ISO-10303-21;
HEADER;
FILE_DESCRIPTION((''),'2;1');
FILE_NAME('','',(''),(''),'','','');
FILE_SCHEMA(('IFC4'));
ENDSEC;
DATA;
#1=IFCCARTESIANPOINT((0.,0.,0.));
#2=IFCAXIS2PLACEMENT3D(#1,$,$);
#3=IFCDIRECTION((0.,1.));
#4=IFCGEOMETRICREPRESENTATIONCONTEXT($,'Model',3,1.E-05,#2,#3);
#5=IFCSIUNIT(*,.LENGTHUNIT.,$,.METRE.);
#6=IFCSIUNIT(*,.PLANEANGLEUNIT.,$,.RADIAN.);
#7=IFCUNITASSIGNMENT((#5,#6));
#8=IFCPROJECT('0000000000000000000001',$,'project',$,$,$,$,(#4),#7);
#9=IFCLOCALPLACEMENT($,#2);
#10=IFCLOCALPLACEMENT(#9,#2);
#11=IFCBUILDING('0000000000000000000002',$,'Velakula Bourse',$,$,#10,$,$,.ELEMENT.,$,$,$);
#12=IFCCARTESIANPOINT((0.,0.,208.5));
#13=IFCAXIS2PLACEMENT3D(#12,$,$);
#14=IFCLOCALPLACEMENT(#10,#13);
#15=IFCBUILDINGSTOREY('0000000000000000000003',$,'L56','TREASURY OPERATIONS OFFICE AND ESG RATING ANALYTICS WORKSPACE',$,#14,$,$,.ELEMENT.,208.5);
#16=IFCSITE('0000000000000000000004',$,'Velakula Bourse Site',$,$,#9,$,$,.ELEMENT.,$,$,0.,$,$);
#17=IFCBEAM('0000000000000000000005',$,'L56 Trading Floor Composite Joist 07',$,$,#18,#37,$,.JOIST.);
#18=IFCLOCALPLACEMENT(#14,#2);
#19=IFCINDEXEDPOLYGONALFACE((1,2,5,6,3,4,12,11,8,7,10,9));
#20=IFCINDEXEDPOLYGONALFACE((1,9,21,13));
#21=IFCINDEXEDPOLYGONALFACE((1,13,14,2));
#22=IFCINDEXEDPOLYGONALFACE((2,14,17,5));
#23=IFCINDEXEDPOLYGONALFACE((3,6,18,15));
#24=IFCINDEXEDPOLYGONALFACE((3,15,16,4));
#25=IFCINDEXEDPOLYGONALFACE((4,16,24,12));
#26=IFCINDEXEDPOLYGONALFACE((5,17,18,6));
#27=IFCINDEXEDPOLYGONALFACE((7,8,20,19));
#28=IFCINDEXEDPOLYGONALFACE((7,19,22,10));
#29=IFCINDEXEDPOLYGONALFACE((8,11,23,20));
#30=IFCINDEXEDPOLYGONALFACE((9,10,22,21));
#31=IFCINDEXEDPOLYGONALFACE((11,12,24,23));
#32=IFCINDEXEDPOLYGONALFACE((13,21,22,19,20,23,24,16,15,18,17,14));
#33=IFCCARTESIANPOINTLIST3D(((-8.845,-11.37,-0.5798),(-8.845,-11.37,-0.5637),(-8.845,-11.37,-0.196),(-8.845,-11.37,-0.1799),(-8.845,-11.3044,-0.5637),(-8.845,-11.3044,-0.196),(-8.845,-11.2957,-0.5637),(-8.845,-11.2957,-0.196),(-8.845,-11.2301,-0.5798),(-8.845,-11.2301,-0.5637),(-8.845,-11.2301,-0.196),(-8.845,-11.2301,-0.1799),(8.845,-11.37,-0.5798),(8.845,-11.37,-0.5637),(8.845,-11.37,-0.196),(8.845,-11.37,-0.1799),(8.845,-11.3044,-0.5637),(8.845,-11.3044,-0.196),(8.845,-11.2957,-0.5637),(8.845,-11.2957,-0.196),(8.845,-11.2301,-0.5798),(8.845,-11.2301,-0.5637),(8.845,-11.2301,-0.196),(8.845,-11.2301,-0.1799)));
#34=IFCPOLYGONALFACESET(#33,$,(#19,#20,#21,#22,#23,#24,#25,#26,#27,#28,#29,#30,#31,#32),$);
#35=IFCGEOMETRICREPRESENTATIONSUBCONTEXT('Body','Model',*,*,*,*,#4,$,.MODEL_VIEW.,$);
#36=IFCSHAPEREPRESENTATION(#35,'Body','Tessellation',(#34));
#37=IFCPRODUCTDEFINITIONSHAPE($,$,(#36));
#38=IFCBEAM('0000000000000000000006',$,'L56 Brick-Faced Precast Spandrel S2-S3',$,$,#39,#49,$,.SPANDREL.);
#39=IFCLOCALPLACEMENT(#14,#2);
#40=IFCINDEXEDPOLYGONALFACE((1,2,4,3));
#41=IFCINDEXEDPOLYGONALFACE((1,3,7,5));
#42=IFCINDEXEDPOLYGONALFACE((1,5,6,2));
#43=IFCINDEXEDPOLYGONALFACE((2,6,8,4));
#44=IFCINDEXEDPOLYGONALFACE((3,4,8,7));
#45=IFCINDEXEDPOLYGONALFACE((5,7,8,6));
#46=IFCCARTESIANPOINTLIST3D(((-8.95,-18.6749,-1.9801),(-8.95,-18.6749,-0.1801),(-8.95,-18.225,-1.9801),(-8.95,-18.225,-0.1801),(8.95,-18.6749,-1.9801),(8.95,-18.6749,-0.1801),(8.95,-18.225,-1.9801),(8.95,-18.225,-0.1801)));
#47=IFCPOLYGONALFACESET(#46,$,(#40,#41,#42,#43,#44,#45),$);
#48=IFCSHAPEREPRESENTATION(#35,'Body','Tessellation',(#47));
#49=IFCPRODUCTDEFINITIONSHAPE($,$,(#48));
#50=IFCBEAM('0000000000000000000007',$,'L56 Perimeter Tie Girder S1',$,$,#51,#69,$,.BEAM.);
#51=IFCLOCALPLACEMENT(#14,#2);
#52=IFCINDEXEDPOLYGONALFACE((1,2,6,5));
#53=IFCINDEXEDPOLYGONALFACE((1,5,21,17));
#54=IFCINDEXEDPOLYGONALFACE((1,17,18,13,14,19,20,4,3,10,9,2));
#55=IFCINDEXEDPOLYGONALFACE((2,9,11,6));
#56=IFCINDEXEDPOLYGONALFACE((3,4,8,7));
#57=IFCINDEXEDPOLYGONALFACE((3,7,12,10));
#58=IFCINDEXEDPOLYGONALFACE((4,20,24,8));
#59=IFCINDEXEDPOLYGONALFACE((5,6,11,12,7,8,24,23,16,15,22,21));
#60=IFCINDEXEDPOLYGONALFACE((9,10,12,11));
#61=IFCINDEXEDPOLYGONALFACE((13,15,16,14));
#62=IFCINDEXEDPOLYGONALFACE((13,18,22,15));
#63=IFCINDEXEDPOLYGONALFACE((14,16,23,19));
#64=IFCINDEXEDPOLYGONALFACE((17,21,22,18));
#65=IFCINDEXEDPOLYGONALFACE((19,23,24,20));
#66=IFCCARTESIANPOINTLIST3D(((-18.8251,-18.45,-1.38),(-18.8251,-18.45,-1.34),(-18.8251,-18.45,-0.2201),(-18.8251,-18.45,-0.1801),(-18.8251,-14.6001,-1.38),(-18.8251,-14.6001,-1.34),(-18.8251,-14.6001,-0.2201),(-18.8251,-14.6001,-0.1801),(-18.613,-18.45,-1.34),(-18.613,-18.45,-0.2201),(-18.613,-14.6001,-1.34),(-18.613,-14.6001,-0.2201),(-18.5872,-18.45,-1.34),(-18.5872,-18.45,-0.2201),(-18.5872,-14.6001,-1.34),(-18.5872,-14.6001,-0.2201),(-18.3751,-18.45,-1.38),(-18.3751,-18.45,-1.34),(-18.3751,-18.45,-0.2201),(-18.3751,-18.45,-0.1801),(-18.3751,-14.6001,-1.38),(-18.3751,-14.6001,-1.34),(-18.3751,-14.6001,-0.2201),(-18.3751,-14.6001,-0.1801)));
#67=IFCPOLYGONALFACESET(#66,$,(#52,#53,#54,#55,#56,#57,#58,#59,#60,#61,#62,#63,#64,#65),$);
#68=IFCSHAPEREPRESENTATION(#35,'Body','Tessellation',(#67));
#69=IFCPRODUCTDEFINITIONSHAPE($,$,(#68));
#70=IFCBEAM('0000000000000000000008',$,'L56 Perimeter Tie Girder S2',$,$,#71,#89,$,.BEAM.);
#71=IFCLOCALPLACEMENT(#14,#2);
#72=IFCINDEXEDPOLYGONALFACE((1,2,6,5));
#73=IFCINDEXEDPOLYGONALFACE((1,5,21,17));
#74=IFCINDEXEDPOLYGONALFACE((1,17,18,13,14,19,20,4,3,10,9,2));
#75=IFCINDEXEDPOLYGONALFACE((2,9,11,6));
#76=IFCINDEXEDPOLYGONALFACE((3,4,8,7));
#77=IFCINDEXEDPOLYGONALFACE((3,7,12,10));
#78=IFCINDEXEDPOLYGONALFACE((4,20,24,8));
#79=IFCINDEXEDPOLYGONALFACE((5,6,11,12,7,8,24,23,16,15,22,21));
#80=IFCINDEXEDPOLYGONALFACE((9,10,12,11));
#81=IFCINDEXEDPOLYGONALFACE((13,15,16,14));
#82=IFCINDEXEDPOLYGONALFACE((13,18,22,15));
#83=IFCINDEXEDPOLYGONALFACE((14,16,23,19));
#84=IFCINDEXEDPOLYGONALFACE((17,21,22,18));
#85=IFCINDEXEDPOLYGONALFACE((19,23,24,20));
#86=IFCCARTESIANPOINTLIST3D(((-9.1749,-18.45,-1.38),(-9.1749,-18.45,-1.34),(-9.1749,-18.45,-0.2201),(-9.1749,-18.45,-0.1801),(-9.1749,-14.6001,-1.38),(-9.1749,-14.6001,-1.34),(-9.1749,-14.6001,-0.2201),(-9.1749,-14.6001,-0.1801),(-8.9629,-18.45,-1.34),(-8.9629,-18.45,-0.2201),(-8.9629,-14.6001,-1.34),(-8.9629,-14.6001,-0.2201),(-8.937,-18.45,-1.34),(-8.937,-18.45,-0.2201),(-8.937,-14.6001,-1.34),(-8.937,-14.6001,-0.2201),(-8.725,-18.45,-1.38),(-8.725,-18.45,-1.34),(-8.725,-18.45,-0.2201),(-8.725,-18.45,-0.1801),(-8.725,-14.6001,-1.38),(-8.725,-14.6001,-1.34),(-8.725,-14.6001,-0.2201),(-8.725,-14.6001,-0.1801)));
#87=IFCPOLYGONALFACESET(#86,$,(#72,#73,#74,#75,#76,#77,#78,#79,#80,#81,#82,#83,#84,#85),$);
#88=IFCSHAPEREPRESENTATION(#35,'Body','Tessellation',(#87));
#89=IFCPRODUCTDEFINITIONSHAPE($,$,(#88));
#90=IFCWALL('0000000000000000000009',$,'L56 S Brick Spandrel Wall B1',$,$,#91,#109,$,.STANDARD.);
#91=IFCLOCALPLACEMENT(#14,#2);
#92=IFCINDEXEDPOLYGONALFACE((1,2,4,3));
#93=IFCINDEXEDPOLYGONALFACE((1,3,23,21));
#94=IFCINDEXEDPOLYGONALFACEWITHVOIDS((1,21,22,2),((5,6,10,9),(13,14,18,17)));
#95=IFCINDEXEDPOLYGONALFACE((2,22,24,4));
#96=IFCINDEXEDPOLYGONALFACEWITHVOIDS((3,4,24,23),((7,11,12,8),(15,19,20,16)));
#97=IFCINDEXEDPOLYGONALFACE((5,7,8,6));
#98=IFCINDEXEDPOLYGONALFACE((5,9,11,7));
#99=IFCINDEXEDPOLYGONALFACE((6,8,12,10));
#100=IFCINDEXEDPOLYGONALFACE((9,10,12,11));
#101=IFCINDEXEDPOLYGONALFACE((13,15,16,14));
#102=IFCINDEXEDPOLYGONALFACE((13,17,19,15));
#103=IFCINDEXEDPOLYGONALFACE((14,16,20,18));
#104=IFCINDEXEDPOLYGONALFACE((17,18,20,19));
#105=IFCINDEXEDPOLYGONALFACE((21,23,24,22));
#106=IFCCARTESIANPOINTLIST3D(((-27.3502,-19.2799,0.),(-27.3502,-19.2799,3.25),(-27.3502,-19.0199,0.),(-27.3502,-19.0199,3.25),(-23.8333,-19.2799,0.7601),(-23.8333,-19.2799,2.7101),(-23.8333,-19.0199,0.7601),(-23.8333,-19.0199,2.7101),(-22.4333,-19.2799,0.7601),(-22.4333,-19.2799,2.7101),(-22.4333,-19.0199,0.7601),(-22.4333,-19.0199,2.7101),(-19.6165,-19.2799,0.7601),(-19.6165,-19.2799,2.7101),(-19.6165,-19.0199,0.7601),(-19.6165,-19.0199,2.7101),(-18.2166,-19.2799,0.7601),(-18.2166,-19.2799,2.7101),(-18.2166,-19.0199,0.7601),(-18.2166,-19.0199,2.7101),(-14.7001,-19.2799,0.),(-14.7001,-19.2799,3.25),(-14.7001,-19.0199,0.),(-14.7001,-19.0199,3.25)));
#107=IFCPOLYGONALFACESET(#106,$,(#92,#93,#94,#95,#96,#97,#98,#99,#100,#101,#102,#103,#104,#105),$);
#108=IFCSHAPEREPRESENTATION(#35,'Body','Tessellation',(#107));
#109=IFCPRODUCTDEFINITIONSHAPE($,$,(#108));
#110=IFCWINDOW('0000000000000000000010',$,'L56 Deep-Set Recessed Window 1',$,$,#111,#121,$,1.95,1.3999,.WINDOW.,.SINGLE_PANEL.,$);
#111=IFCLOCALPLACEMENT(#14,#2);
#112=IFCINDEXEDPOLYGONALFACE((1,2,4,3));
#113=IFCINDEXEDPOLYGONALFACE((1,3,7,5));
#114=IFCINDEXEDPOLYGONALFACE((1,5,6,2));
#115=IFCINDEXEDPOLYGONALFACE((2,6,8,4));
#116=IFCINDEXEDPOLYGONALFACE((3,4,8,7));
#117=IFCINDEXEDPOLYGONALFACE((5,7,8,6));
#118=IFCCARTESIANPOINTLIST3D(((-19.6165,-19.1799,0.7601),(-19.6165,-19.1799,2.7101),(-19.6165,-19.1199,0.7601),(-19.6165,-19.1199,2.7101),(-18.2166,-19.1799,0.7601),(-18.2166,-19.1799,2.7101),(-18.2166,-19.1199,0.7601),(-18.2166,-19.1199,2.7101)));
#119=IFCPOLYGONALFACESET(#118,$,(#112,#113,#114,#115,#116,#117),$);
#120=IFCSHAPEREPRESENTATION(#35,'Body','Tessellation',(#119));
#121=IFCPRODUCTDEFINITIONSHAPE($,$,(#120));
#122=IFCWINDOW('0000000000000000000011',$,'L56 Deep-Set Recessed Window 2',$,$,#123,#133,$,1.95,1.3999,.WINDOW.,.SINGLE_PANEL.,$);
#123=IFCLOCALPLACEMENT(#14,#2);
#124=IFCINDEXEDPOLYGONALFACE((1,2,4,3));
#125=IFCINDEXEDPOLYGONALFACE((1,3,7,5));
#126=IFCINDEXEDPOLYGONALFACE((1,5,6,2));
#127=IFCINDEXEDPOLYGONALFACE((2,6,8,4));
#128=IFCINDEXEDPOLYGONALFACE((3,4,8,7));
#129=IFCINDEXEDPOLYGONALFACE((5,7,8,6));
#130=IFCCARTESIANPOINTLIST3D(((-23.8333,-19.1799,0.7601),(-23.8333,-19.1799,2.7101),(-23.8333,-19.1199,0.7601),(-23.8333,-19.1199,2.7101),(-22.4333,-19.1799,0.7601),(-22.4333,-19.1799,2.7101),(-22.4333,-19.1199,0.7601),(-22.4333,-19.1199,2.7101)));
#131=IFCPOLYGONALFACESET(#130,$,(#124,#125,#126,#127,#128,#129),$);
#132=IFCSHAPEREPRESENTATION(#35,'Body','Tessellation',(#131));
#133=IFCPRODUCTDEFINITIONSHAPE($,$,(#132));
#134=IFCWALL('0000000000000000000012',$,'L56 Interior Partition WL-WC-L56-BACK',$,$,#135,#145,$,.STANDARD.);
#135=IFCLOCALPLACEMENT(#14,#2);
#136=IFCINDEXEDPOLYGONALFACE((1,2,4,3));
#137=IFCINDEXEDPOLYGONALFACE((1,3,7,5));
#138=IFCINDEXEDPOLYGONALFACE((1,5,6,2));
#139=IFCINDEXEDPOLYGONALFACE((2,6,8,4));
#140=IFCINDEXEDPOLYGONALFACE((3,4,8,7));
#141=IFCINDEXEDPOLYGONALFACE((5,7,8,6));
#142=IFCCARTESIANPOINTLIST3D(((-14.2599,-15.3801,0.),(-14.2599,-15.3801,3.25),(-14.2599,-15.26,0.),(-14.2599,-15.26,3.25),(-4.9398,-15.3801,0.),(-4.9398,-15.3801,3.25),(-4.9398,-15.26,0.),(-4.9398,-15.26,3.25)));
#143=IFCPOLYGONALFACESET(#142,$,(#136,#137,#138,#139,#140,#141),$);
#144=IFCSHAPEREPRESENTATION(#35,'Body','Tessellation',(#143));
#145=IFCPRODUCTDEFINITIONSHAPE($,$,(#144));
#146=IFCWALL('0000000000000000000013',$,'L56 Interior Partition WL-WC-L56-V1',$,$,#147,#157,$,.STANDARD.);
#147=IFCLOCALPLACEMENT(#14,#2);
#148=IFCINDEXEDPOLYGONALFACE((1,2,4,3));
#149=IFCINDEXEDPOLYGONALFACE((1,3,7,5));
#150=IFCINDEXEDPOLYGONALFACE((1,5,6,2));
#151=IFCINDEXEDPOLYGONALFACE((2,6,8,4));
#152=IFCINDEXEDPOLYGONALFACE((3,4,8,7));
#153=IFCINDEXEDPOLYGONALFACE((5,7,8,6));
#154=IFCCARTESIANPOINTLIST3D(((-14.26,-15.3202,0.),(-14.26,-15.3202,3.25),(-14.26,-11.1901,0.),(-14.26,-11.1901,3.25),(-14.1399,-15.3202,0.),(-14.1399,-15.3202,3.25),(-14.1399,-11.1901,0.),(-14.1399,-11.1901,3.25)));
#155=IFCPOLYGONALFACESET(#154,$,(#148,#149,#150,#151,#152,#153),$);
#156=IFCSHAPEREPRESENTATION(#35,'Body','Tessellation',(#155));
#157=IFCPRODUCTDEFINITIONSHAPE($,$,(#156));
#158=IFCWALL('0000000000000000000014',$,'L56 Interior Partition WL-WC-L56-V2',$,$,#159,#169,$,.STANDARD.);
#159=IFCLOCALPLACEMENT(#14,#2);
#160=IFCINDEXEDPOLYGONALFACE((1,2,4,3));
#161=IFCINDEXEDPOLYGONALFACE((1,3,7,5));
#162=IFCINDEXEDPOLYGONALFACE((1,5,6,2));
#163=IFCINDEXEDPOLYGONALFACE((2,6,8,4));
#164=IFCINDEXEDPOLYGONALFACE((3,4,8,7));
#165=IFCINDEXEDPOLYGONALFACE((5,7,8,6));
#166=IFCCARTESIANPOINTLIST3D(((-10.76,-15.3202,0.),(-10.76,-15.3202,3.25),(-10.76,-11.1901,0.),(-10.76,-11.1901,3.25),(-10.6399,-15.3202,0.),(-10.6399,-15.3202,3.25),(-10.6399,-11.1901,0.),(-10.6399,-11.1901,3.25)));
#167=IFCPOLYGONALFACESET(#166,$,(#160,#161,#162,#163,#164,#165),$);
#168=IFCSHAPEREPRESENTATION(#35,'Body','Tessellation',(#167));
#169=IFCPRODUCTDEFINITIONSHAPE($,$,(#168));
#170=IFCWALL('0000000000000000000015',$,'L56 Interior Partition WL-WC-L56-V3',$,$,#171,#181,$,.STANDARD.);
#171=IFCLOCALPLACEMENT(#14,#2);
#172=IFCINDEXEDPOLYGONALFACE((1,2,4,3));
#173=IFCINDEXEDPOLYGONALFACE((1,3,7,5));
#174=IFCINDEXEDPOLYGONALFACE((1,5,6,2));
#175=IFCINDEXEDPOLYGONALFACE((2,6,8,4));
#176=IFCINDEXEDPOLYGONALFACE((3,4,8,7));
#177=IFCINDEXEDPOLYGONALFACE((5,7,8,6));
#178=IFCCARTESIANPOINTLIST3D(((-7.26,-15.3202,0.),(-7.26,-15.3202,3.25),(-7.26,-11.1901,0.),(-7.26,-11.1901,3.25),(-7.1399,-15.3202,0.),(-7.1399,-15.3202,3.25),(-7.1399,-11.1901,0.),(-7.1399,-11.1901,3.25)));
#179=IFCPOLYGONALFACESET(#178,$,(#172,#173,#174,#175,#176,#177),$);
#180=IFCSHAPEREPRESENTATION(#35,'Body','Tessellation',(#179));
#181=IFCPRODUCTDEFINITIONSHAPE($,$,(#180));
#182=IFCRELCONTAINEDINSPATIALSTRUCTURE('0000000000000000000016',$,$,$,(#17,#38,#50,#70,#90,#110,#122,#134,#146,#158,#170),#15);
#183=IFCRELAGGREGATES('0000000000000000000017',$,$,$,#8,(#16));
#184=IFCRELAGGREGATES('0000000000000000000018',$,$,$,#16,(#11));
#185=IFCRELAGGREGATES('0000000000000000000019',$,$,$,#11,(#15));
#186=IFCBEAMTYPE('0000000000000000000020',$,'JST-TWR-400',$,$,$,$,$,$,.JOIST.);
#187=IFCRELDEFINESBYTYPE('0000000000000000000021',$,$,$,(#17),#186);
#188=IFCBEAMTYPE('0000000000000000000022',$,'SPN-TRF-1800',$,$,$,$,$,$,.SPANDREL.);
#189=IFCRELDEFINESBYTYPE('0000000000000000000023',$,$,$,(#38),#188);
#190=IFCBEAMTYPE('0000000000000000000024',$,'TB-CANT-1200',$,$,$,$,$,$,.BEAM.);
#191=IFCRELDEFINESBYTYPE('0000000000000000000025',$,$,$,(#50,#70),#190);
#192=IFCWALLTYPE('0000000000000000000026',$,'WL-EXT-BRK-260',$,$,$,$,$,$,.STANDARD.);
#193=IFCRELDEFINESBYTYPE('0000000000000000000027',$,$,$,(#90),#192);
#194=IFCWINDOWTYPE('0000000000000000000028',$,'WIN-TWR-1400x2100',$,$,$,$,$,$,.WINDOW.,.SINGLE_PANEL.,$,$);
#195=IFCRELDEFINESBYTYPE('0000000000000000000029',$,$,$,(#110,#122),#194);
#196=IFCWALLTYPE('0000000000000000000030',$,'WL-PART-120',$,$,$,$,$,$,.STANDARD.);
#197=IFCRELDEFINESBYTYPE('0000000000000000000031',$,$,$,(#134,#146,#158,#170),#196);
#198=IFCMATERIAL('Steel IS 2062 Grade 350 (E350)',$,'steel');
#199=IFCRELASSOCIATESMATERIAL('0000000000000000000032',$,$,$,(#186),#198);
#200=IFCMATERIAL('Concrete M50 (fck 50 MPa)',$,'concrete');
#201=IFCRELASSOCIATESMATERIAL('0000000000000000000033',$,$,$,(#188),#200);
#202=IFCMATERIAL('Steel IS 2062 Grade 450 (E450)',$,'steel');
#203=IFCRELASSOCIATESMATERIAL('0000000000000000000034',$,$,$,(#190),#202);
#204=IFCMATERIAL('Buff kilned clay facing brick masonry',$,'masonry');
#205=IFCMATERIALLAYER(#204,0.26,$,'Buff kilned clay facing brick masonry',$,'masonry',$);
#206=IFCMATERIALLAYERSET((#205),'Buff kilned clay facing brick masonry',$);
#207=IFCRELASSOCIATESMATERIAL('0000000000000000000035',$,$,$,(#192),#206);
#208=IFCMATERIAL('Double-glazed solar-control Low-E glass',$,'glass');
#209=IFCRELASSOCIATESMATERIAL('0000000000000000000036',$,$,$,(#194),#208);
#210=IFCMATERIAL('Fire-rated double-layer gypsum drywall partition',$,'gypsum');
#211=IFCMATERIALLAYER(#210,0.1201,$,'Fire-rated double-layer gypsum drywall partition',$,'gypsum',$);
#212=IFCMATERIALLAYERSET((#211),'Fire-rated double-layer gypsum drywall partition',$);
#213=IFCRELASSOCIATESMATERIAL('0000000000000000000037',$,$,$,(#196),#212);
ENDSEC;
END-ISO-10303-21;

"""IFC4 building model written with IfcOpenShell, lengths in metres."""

from ifc_helpers import new_model, si_unit, direction, frame, frame_2d, origin, origin_2d, place, context, subcontext, project, spatial, rectangle, i_section, extrude, material, layer, layer_set, material_profile, profile_set, type_object, element, fill, save


model = new_model("IFC4")

# Units and contexts
model_context = context("Model", 3, precision=1e-05, world=origin(), true_north=direction((0.0, 1.0)))
body_context = subcontext(model_context, "Body", "Model", "MODEL_VIEW")
ifc_project = project(units=[si_unit("LENGTHUNIT", "METRE"), si_unit("PLANEANGLEUNIT", "RADIAN")], contexts=[model_context])

# Site, building, storey
site_placement = place(None, origin())
site = spatial("IfcSite", under=ifc_project, at=site_placement, Name="Velakula Bourse Site", CompositionType="ELEMENT", RefElevation=0.0)
building_placement = place(site_placement, origin())
building = spatial("IfcBuilding", under=site, at=building_placement, Name="Velakula Bourse", CompositionType="ELEMENT")
storey_placement = place(building_placement, frame((0.0, 0.0, 208.5)))
storey = spatial("IfcBuildingStorey", under=building, at=storey_placement, Name="L56", Description="TREASURY OPERATIONS OFFICE AND ESG RATING ANALYTICS WORKSPACE", CompositionType="ELEMENT", Elevation=208.5)

# Shared definitions
ifc_material_1 = material(Name="Steel IS 2062 Grade 350 (E350)", Category="steel")

# Beams
ifc_material_profile_1 = material_profile(ifc_material_1, i_section(OverallWidth=0.1399, OverallDepth=0.3999, WebThickness=0.0088, FlangeThickness=0.0161, at=origin_2d()), Name="Steel IS 2062 Grade 350 (E350)")
ifc_profile_set_1 = profile_set([ifc_material_profile_1], Name="Steel IS 2062 Grade 350 (E350)")
beam_type_1 = type_object("IfcBeamType", Name="JST-TWR-400", PredefinedType="JOIST", material=ifc_profile_set_1)
beam_1_placement = place(storey_placement, frame((-8.845, -11.3, -0.3799), z_axis=(1.0, 0.0, 0.0), x_axis=(0.0, 1.0, 0.0)))
element("IfcBeam", 1, at=beam_1_placement, inside=storey, type_object=beam_type_1, Name="L56 Trading Floor Composite Joist 07", PredefinedType="JOIST", context=body_context, shape_type="SweptSolid", body=[
    extrude(i_section(OverallWidth=0.1399, OverallDepth=0.3999, WebThickness=0.0088, FlangeThickness=0.0161, at=origin_2d()), origin(), (0.0, 0.0, 1.0), 17.6899),
])
ifc_material_2 = material(Name="Concrete M50 (fck 50 MPa)", Category="concrete")
ifc_material_profile_2 = material_profile(ifc_material_2, rectangle(XDim=0.45, YDim=1.8, at=origin_2d()), Name="Concrete M50 (fck 50 MPa)")
ifc_profile_set_2 = profile_set([ifc_material_profile_2], Name="Concrete M50 (fck 50 MPa)")
beam_type_2 = type_object("IfcBeamType", Name="SPN-TRF-1800", PredefinedType="SPANDREL", material=ifc_profile_set_2)
beam_2_placement = place(storey_placement, frame((-8.95, -18.45, -1.0801), z_axis=(1.0, 0.0, 0.0), x_axis=(0.0, 1.0, 0.0)))
element("IfcBeam", 2, at=beam_2_placement, inside=storey, type_object=beam_type_2, Name="L56 Brick-Faced Precast Spandrel S2-S3", PredefinedType="SPANDREL", context=body_context, shape_type="SweptSolid", body=[
    extrude(rectangle(XDim=0.45, YDim=1.8, at=origin_2d()), origin(), (0.0, 0.0, 1.0), 17.8999),
])
ifc_material_3 = material(Name="Steel IS 2062 Grade 450 (E450)", Category="steel")
ifc_material_profile_3 = material_profile(ifc_material_3, i_section(OverallWidth=0.45, OverallDepth=1.2, WebThickness=0.0259, FlangeThickness=0.04, at=origin_2d()), Name="Steel IS 2062 Grade 450 (E450)")
ifc_profile_set_3 = profile_set([ifc_material_profile_3], Name="Steel IS 2062 Grade 450 (E450)")
beam_type_3 = type_object("IfcBeamType", Name="TB-CANT-1200", PredefinedType="BEAM", material=ifc_profile_set_3)
for number, where, z_axis, x_axis, name in (
    (3, (-18.6001, -14.6001, -0.78), (0.0, -1.0, 0.0), (1.0, 0.0, 0.0), "L56 Perimeter Tie Girder S1"),
    (4, (-8.95, -14.6001, -0.78), (0.0, -1.0, 0.0), (1.0, 0.0, 0.0), "L56 Perimeter Tie Girder S2"),
):
    element("IfcBeam", number, at=place(storey_placement, frame(where, z_axis=z_axis, x_axis=x_axis)), inside=storey, type_object=beam_type_3, Name=name, PredefinedType="BEAM", context=body_context, shape_type="SweptSolid", body=[
        extrude(i_section(OverallWidth=0.45, OverallDepth=1.2, WebThickness=0.0259, FlangeThickness=0.04, at=origin_2d()), origin(), (0.0, 0.0, 1.0), 3.8499),
    ])

# Wall, openings, windows
ifc_material_4 = material(Name="Buff kilned clay facing brick masonry", Category="masonry")
ifc_layer_1 = layer(ifc_material_4, 0.26, Name="Buff kilned clay facing brick masonry", Category="masonry")
ifc_layer_set_1 = layer_set([ifc_layer_1], Name="Buff kilned clay facing brick masonry")
wall_type_1 = type_object("IfcWallType", Name="WL-EXT-BRK-260", PredefinedType="STANDARD", material=ifc_layer_set_1)
wall_1_placement = place(storey_placement, frame((-14.7, -19.1499, 0.0), z_axis=(0.0, 0.0, 1.0), x_axis=(-1.0, 0.0, 0.0)))
wall_1 = element("IfcWall", 5, at=wall_1_placement, inside=storey, type_object=wall_type_1, Name="L56 S Brick Spandrel Wall B1", PredefinedType="STANDARD", context=body_context, shape_type="SweptSolid", body=[
    extrude(rectangle(XDim=12.6501, YDim=0.26, at=frame_2d((6.3252, 0.0))), origin(), (0.0, 0.0, 1.0), 3.25),
])
opening_1_placement = place(wall_1_placement, frame((3.5166, 0.0, 0.76)))
opening_1 = element("IfcOpeningElement", 6, at=opening_1_placement, cuts=wall_1, PredefinedType="OPENING", context=body_context, shape_type="SweptSolid", body=[
    extrude(rectangle(XDim=1.3999, YDim=1.95, at=frame_2d((0.7, 0.9751))), frame((0.0, 0.1399, 0.0), z_axis=(0.0, -1.0, 0.0), x_axis=(1.0, 0.0, 0.0)), (0.0, 0.0, 1.0), 0.28),
])
opening_2_placement = place(wall_1_placement, frame((7.7334, 0.0, 0.76)))
opening_2 = element("IfcOpeningElement", 7, at=opening_2_placement, cuts=wall_1, PredefinedType="OPENING", context=body_context, shape_type="SweptSolid", body=[
    extrude(rectangle(XDim=1.3999, YDim=1.95, at=frame_2d((0.7, 0.9751))), frame((0.0, 0.1399, 0.0), z_axis=(0.0, -1.0, 0.0), x_axis=(1.0, 0.0, 0.0)), (0.0, 0.0, 1.0), 0.28),
])
ifc_material_5 = material(Name="Double-glazed solar-control Low-E glass", Category="glass")
window_type = type_object("IfcWindowType", Name="WIN-TWR-1400x2100", PartitioningType="SINGLE_PANEL", PredefinedType="WINDOW", material=ifc_material_5)
window_1_placement = place(opening_1_placement, origin())
window_1 = element("IfcWindow", 8, at=window_1_placement, inside=storey, type_object=window_type, Name="L56 Deep-Set Recessed Window 1", OverallHeight=1.95, OverallWidth=1.3999, PartitioningType="SINGLE_PANEL", PredefinedType="WINDOW", context=body_context, shape_type="SweptSolid", body=[
    extrude(rectangle(XDim=1.3999, YDim=1.95, at=frame_2d((0.7, 0.9751))), frame((0.0, 0.03, 0.0), z_axis=(0.0, -1.0, 0.0), x_axis=(1.0, 0.0, 0.0)), (0.0, 0.0, 1.0), 0.0601),
])
fill(opening_1, window_1)
window_2_placement = place(opening_2_placement, origin())
window_2 = element("IfcWindow", 9, at=window_2_placement, inside=storey, type_object=window_type, Name="L56 Deep-Set Recessed Window 2", OverallHeight=1.95, OverallWidth=1.3999, PartitioningType="SINGLE_PANEL", PredefinedType="WINDOW", context=body_context, shape_type="SweptSolid", body=[
    extrude(rectangle(XDim=1.3999, YDim=1.95, at=frame_2d((0.7, 0.9751))), frame((0.0, 0.03, 0.0), z_axis=(0.0, -1.0, 0.0), x_axis=(1.0, 0.0, 0.0)), (0.0, 0.0, 1.0), 0.0601),
])
fill(opening_2, window_2)

# Walls
ifc_material_6 = material(Name="Fire-rated double-layer gypsum drywall partition", Category="gypsum")
ifc_layer_2 = layer(ifc_material_6, 0.1201, Name="Fire-rated double-layer gypsum drywall partition", Category="gypsum")
ifc_layer_set_2 = layer_set([ifc_layer_2], Name="Fire-rated double-layer gypsum drywall partition")
wall_type_2 = type_object("IfcWallType", Name="WL-PART-120", PredefinedType="STANDARD", material=ifc_layer_set_2)
wall_2_placement = place(storey_placement, frame((-14.26, -15.3201, 0.0), z_axis=(0.0, 0.0, 1.0), x_axis=(1.0, 0.0, 0.0)))
element("IfcWall", 10, at=wall_2_placement, inside=storey, type_object=wall_type_2, Name="L56 Interior Partition WL-WC-L56-BACK", PredefinedType="STANDARD", context=body_context, shape_type="SweptSolid", body=[
    extrude(rectangle(XDim=9.3201, YDim=0.1201, at=frame_2d((4.6602, 0.0))), origin(), (0.0, 0.0, 1.0), 3.25),
])
for number, where, z_axis, x_axis, name in (
    (11, (-14.2, -15.3201, 0.0), (0.0, 0.0, 1.0), (0.0, 1.0, 0.0), "L56 Interior Partition WL-WC-L56-V1"),
    (12, (-10.7, -15.3201, 0.0), (0.0, 0.0, 1.0), (0.0, 1.0, 0.0), "L56 Interior Partition WL-WC-L56-V2"),
    (13, (-7.2, -15.3201, 0.0), (0.0, 0.0, 1.0), (0.0, 1.0, 0.0), "L56 Interior Partition WL-WC-L56-V3"),
):
    element("IfcWall", number, at=place(storey_placement, frame(where, z_axis=z_axis, x_axis=x_axis)), inside=storey, type_object=wall_type_2, Name=name, PredefinedType="STANDARD", context=body_context, shape_type="SweptSolid", body=[
        extrude(rectangle(XDim=4.1301, YDim=0.1201, at=frame_2d((2.0649, 0.0))), origin(), (0.0, 0.0, 1.0), 3.25),
    ])

save(model, "model.ifc")
